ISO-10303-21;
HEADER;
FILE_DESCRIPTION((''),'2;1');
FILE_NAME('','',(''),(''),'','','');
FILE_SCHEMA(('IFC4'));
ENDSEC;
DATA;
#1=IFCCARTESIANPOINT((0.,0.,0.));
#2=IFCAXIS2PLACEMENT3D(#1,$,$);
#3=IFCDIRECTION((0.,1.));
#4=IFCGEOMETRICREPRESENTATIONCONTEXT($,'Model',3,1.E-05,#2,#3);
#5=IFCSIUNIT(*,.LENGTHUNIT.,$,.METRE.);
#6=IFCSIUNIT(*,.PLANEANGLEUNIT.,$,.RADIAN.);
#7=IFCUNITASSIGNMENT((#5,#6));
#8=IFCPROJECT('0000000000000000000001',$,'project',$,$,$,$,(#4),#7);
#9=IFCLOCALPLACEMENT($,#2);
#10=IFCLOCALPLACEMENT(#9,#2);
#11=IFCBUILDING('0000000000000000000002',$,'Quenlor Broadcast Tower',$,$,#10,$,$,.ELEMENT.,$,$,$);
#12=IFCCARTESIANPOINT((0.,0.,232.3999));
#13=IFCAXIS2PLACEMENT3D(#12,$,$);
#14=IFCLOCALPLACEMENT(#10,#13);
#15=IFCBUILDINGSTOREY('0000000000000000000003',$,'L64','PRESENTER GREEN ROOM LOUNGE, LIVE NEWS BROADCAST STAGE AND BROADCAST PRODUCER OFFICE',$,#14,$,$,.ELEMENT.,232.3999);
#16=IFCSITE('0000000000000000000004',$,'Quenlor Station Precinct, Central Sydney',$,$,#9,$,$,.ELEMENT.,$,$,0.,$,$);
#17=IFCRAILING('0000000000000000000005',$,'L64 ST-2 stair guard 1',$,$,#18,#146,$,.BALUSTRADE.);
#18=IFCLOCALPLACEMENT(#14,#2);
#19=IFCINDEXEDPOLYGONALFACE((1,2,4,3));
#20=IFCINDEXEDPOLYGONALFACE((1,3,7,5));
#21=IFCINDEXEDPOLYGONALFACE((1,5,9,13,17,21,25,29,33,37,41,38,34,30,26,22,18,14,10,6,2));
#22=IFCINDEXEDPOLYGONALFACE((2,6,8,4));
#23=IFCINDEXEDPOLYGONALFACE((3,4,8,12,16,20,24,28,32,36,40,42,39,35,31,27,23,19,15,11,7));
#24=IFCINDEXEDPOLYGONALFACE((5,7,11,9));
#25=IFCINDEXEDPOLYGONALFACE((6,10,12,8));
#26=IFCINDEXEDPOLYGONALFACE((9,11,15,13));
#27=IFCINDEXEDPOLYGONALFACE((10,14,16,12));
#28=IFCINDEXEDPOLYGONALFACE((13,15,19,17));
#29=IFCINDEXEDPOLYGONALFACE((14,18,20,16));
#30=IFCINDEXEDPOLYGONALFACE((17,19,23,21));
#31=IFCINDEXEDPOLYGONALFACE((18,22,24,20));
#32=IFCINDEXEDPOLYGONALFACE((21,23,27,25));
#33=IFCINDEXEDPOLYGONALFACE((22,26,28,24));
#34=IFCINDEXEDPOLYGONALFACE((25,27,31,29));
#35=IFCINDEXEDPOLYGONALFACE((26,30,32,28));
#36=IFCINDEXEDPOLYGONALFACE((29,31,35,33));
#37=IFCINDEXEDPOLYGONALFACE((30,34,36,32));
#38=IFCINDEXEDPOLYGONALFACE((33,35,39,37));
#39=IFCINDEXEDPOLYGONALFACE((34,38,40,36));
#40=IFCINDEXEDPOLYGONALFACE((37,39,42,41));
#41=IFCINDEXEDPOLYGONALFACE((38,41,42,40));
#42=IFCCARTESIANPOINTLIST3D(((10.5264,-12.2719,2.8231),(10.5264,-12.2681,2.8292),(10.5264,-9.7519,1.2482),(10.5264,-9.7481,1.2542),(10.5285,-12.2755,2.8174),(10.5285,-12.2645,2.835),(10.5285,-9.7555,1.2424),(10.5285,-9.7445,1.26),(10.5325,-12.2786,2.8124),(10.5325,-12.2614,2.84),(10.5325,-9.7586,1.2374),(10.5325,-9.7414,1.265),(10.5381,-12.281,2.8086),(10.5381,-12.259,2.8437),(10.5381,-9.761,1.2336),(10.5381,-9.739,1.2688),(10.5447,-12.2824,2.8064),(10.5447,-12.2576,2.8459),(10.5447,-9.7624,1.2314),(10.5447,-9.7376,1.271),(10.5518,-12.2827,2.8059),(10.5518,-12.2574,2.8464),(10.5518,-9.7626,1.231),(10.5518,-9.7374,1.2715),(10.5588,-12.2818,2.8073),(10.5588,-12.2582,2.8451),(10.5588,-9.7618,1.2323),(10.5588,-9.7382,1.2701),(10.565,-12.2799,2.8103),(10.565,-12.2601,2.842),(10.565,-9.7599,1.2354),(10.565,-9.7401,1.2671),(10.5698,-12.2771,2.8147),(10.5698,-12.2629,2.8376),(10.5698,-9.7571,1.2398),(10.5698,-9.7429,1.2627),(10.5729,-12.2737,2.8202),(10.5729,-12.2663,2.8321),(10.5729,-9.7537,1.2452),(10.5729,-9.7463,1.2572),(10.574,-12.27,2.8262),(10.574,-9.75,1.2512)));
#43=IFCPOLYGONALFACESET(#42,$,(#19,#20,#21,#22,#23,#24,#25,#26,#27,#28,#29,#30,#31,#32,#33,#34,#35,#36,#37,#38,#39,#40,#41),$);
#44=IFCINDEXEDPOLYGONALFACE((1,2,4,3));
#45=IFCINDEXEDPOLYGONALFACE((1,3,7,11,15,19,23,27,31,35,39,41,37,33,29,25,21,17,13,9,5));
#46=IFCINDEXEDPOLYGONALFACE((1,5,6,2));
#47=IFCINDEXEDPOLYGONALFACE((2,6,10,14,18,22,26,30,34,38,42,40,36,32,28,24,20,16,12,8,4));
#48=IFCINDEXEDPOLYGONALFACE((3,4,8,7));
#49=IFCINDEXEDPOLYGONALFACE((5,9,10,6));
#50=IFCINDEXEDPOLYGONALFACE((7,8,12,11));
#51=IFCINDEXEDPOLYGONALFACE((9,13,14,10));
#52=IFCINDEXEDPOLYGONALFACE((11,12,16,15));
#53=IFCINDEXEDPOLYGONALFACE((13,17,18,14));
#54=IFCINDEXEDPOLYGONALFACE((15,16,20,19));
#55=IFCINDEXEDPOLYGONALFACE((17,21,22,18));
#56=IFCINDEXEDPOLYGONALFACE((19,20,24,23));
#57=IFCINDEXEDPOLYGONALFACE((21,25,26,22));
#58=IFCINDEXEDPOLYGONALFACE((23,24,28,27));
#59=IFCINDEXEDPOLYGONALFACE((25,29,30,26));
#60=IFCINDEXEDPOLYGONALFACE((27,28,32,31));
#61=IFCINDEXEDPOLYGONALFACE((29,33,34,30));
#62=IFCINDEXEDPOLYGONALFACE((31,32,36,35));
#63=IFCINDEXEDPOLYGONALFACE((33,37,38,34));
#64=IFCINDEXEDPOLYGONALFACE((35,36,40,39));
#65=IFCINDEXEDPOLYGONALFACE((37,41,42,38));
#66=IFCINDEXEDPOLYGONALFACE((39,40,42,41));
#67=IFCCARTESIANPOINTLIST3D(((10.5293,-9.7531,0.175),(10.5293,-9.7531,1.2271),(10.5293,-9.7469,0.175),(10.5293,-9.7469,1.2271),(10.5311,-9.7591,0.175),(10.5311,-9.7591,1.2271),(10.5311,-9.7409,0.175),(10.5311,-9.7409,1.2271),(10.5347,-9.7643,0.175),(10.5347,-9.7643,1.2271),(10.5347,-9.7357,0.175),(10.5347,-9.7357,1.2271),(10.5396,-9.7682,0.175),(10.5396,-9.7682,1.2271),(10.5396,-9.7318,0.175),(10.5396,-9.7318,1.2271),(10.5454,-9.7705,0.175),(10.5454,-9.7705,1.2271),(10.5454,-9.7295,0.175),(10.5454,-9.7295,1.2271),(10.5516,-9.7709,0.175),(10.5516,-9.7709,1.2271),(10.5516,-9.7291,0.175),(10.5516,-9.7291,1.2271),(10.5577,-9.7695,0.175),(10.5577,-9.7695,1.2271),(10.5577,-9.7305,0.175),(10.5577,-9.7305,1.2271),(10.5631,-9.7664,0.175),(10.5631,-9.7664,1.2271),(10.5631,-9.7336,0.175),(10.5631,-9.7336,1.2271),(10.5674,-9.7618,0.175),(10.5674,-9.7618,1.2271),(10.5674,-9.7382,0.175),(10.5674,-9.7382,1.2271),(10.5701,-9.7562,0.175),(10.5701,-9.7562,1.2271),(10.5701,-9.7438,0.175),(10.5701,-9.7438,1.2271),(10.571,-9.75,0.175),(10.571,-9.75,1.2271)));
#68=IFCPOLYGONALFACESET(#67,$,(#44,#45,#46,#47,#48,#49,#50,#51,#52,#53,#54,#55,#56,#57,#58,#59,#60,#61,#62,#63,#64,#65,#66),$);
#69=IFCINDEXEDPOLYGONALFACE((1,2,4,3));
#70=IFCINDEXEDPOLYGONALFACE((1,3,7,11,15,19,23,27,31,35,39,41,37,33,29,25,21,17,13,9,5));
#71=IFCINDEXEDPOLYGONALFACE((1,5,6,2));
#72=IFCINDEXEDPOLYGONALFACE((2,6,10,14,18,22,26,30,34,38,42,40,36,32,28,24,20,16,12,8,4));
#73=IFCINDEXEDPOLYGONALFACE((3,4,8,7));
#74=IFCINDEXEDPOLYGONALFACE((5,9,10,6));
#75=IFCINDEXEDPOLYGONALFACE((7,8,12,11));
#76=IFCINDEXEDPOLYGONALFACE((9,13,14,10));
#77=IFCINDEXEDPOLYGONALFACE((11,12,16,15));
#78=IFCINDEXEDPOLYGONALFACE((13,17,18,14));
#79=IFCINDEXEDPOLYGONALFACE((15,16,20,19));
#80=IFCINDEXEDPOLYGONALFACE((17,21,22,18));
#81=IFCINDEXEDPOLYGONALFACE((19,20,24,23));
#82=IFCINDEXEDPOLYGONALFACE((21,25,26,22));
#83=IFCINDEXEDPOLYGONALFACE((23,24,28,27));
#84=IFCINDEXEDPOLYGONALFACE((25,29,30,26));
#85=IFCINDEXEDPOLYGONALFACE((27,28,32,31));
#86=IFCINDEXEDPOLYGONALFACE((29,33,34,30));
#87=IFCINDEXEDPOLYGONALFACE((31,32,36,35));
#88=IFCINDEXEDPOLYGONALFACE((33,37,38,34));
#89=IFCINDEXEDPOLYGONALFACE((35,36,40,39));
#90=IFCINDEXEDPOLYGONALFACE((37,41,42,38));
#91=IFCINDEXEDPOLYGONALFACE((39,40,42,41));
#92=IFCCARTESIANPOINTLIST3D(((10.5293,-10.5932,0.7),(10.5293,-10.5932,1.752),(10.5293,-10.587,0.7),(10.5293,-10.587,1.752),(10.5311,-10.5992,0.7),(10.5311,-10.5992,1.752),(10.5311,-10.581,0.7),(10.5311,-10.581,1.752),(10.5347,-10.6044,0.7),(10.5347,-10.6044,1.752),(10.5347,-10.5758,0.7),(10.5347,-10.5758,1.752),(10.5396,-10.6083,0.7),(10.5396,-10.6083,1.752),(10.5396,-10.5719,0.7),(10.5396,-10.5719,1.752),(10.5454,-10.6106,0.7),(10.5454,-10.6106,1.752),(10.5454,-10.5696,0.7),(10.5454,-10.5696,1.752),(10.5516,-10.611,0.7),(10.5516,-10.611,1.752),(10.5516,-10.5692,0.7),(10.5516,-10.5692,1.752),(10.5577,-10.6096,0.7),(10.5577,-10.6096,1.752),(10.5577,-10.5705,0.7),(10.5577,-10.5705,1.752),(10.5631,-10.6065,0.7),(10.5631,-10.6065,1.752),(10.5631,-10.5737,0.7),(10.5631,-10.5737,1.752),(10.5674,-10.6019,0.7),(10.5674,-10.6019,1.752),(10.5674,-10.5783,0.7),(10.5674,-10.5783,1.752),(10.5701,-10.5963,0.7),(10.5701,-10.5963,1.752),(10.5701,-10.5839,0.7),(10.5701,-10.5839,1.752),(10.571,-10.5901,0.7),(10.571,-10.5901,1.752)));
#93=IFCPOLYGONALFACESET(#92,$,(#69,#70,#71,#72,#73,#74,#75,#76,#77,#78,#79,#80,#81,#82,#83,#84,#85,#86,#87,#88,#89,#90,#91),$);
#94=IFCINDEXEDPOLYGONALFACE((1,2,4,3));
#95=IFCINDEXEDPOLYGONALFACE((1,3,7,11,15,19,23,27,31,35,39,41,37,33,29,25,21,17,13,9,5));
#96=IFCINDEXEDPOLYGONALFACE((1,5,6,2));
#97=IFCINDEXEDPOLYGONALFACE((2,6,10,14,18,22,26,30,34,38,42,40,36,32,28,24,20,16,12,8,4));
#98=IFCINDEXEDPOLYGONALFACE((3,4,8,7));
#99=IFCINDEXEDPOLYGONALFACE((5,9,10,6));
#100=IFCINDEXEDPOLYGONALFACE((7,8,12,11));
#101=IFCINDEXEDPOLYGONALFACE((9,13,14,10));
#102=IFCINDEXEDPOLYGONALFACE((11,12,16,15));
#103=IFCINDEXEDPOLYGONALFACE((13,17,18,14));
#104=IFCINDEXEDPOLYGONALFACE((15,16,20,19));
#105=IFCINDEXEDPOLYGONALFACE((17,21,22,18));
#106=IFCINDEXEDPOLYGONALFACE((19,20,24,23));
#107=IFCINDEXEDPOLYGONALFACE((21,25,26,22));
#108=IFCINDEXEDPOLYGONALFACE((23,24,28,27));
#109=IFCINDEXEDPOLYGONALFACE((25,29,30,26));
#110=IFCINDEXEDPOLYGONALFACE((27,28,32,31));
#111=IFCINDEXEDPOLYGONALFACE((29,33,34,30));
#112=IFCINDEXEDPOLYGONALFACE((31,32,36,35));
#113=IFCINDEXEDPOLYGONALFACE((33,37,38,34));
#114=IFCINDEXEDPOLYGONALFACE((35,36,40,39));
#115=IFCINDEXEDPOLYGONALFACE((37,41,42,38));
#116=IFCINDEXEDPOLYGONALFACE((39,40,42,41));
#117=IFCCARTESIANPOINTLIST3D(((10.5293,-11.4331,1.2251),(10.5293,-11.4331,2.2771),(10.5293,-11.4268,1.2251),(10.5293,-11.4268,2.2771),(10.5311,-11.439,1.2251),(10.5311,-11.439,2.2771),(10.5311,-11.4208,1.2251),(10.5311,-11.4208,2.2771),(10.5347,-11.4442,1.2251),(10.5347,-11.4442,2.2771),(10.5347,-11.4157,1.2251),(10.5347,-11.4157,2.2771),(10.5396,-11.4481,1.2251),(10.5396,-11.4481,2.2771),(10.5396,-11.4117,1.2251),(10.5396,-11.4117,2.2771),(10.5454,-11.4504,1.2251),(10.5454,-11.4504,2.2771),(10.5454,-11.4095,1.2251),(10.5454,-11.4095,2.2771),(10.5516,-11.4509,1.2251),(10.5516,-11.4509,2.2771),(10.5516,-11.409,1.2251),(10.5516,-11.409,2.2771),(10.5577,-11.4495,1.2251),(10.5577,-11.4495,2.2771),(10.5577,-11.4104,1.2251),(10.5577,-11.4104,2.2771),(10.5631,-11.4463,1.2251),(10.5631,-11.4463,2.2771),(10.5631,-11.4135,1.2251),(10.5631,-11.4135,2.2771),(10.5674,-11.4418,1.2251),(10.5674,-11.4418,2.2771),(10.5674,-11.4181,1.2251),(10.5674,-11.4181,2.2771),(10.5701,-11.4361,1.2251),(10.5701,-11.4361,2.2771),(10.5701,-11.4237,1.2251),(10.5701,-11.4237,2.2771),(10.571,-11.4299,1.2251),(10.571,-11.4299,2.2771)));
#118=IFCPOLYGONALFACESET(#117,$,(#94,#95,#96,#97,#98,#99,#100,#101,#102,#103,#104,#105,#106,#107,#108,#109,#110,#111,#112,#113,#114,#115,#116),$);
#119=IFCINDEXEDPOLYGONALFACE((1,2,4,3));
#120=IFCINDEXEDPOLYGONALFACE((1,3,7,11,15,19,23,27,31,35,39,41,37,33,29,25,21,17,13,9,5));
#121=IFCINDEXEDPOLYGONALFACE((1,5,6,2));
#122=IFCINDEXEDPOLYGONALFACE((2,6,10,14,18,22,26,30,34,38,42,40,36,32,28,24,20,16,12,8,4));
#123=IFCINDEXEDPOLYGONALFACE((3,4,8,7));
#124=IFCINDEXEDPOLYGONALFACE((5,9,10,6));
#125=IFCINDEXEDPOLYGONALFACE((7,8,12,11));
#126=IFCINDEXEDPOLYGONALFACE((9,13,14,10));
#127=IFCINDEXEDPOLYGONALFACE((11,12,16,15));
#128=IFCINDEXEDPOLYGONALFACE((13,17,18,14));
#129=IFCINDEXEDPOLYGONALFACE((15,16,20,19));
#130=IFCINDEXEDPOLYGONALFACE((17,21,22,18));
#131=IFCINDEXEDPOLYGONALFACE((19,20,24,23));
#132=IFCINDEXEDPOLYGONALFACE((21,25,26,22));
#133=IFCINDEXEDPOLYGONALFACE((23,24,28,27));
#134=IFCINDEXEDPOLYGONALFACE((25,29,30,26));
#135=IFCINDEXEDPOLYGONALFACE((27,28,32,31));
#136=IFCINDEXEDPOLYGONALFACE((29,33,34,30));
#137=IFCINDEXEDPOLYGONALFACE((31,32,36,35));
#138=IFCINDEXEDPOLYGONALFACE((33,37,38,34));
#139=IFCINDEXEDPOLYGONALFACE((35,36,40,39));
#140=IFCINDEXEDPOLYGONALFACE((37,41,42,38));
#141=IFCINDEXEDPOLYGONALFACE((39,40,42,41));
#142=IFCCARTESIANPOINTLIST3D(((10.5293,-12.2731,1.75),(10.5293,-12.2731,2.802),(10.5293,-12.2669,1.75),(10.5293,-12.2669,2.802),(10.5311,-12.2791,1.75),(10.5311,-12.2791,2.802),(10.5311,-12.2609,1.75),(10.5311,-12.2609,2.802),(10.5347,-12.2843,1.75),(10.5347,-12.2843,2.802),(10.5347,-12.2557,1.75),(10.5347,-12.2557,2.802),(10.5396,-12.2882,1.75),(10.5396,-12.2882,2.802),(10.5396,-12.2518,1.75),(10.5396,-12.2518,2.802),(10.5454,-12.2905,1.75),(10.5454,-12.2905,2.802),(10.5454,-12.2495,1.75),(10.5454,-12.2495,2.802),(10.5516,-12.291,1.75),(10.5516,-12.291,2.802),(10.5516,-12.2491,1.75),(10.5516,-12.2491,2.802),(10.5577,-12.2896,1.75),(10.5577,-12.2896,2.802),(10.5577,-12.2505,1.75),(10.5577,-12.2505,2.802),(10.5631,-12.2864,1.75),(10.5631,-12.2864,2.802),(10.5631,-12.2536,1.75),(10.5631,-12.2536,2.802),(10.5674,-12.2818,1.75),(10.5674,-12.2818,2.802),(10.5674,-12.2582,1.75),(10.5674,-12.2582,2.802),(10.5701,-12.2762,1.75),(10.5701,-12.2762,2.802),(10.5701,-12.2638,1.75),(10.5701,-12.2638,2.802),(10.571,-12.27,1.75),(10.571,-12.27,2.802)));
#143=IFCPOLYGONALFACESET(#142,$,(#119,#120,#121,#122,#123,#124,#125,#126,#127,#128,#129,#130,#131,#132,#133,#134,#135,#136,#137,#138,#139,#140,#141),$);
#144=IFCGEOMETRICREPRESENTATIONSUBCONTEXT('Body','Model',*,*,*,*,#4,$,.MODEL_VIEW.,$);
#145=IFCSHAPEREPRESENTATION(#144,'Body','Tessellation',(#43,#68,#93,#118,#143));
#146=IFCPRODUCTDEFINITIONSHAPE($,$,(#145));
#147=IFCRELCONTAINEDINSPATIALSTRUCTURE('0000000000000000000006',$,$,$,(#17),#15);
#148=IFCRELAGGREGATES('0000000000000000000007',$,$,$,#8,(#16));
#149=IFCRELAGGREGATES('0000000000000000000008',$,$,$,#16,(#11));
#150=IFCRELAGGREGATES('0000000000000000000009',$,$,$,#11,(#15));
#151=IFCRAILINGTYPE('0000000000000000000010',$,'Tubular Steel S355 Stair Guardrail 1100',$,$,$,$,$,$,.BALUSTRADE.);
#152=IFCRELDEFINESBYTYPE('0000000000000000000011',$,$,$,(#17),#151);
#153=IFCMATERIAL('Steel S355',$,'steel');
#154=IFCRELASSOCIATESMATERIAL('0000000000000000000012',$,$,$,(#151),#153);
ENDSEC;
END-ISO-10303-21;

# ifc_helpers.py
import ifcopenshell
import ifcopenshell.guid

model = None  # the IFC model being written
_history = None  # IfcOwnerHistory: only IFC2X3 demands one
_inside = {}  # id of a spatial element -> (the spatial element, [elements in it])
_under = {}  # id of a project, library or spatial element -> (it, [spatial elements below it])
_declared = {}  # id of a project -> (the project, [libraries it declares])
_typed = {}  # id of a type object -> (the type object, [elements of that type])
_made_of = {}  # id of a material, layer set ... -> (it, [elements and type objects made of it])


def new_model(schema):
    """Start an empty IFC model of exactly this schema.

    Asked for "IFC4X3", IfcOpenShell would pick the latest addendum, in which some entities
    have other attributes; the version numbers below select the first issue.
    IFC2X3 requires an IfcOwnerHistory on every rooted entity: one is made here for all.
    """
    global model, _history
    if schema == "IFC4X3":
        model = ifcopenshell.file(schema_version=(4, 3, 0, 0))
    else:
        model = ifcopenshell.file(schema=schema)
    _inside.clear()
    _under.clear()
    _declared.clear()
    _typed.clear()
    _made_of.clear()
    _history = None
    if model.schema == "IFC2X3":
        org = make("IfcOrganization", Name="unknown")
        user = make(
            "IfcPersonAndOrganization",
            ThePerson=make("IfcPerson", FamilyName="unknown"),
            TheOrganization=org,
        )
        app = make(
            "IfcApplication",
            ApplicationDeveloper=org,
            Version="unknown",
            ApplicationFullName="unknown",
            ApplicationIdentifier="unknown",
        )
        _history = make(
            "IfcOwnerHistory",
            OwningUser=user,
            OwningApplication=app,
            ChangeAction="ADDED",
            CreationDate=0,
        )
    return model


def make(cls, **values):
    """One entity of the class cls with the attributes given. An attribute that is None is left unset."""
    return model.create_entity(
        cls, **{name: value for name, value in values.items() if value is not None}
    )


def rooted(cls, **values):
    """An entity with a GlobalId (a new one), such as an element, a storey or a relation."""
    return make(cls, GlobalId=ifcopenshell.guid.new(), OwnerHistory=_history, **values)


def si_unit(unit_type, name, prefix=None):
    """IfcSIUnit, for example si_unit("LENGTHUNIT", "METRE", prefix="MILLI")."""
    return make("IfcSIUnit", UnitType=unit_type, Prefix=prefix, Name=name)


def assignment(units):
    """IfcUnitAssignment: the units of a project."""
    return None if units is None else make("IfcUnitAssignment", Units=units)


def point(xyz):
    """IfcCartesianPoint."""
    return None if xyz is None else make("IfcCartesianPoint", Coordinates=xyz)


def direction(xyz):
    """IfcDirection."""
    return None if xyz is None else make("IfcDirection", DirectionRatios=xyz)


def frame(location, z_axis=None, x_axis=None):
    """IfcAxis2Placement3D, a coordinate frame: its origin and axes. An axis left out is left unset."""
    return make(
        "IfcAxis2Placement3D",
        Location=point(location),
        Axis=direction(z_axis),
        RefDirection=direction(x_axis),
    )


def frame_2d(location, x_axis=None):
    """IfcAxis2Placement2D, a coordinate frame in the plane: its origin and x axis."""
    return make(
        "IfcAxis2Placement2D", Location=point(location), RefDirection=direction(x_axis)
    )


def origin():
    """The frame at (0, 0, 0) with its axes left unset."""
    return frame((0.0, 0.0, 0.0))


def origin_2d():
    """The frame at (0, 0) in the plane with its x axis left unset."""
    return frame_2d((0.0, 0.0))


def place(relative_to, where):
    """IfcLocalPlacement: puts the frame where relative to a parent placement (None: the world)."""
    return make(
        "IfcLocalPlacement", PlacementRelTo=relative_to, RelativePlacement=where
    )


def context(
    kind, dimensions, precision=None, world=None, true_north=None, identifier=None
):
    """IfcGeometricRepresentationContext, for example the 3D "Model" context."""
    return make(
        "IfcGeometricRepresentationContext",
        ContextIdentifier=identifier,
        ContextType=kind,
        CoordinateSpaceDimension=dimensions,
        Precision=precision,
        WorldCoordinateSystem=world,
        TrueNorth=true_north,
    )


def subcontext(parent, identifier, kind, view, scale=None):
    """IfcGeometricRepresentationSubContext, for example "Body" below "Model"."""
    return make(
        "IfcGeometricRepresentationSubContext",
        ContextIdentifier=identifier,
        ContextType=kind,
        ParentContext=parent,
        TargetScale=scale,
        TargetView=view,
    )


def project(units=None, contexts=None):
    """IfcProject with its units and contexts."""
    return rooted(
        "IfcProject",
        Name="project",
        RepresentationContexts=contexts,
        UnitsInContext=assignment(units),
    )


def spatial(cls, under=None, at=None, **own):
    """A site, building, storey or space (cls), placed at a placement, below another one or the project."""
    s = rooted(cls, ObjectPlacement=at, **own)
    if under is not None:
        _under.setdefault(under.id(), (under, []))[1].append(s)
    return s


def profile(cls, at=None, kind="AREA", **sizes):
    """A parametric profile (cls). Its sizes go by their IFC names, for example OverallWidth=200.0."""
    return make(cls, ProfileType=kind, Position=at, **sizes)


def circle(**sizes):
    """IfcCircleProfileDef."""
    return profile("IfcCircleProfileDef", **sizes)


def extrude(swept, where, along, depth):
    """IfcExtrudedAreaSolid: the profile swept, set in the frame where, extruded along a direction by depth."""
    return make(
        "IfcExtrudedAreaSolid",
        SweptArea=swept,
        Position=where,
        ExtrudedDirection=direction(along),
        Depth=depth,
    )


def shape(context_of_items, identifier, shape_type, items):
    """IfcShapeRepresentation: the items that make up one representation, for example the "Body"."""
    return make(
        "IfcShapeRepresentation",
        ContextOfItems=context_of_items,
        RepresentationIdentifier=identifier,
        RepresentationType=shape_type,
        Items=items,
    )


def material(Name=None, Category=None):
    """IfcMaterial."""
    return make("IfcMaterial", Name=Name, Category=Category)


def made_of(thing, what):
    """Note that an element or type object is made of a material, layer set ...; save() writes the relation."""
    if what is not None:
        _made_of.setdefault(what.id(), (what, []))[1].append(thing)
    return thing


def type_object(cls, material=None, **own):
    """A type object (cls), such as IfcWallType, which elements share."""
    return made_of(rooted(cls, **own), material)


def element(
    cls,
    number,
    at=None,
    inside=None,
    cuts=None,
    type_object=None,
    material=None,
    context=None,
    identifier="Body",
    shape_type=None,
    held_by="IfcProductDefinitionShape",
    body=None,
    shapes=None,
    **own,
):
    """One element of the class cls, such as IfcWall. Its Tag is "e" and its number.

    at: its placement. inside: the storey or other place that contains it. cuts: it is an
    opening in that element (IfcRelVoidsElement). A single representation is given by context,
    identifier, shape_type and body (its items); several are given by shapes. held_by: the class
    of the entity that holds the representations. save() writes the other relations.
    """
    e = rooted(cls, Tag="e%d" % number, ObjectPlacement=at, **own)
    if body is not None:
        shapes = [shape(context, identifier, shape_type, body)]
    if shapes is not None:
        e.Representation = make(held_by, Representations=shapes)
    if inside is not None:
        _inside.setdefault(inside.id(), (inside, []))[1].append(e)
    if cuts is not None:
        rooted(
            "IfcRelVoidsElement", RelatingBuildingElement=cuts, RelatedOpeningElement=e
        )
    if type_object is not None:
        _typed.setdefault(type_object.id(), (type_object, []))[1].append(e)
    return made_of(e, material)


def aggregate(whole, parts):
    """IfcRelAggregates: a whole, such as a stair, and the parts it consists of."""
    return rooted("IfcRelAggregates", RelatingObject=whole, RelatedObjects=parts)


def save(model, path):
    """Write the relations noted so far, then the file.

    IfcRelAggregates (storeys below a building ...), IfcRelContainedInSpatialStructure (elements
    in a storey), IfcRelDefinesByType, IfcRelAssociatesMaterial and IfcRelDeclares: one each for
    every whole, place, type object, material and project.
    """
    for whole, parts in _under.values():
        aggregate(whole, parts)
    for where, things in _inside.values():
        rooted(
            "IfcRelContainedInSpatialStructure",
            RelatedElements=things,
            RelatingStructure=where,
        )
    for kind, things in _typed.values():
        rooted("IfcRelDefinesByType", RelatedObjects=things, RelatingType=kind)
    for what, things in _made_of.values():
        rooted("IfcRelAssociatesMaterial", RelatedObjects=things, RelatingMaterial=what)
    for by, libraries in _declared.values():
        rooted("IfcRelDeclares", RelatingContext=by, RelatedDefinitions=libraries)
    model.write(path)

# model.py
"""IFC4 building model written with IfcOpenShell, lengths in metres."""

from ifc_helpers import new_model, si_unit, direction, frame, origin, origin_2d, place, context, subcontext, project, spatial, circle, extrude, material, type_object, element, save


model = new_model("IFC4")

# Units and contexts
model_context = context("Model", 3, precision=1e-05, world=origin(), true_north=direction((0.0, 1.0)))
body_context = subcontext(model_context, "Body", "Model", "MODEL_VIEW")
ifc_project = project(units=[si_unit("LENGTHUNIT", "METRE"), si_unit("PLANEANGLEUNIT", "RADIAN")], contexts=[model_context])

# Site, building, storey
site_placement = place(None, origin())
site = spatial("IfcSite", under=ifc_project, at=site_placement, Name="Quenlor Station Precinct, Central Sydney", CompositionType="ELEMENT", RefElevation=0.0)
building_placement = place(site_placement, origin())
building = spatial("IfcBuilding", under=site, at=building_placement, Name="Quenlor Broadcast Tower", CompositionType="ELEMENT")
storey_placement = place(building_placement, frame((0.0, 0.0, 232.3999)))
storey = spatial("IfcBuildingStorey", under=building, at=storey_placement, Name="L64", Description="PRESENTER GREEN ROOM LOUNGE, LIVE NEWS BROADCAST STAGE AND BROADCAST PRODUCER OFFICE", CompositionType="ELEMENT", Elevation=232.3999)

# Railing
ifc_material_1 = material(Name="Steel S355", Category="steel")
railing_type = type_object("IfcRailingType", Name="Tubular Steel S355 Stair Guardrail 1100", PredefinedType="BALUSTRADE", material=ifc_material_1)
railing_placement = place(storey_placement, frame((10.55, -9.75, 0.175)))
element("IfcRailing", 1, at=railing_placement, inside=storey, type_object=railing_type, Name="L64 ST-2 stair guard 1", PredefinedType="BALUSTRADE", context=body_context, shape_type="SweptSolid", body=[
    extrude(circle(Radius=0.0239, at=origin_2d()), frame((0.0, 0.0, 1.0762), z_axis=(0.0, -0.848008, 0.529984), x_axis=(1.0, 0.0, 0.0)), (0.0, 0.0, 1.0), 2.9717),
    extrude(circle(Radius=0.021, at=origin_2d()), origin(), (0.0, 0.0, 1.0), 1.052),
    extrude(circle(Radius=0.021, at=origin_2d()), frame((0.0, -0.8401, 0.5249)), (0.0, 0.0, 1.0), 1.052),
    extrude(circle(Radius=0.021, at=origin_2d()), frame((0.0, -1.6799, 1.05)), (0.0, 0.0, 1.0), 1.052),
    extrude(circle(Radius=0.021, at=origin_2d()), frame((0.0, -2.52, 1.575)), (0.0, 0.0, 1.0), 1.052),
])

save(model, "model.ifc")
